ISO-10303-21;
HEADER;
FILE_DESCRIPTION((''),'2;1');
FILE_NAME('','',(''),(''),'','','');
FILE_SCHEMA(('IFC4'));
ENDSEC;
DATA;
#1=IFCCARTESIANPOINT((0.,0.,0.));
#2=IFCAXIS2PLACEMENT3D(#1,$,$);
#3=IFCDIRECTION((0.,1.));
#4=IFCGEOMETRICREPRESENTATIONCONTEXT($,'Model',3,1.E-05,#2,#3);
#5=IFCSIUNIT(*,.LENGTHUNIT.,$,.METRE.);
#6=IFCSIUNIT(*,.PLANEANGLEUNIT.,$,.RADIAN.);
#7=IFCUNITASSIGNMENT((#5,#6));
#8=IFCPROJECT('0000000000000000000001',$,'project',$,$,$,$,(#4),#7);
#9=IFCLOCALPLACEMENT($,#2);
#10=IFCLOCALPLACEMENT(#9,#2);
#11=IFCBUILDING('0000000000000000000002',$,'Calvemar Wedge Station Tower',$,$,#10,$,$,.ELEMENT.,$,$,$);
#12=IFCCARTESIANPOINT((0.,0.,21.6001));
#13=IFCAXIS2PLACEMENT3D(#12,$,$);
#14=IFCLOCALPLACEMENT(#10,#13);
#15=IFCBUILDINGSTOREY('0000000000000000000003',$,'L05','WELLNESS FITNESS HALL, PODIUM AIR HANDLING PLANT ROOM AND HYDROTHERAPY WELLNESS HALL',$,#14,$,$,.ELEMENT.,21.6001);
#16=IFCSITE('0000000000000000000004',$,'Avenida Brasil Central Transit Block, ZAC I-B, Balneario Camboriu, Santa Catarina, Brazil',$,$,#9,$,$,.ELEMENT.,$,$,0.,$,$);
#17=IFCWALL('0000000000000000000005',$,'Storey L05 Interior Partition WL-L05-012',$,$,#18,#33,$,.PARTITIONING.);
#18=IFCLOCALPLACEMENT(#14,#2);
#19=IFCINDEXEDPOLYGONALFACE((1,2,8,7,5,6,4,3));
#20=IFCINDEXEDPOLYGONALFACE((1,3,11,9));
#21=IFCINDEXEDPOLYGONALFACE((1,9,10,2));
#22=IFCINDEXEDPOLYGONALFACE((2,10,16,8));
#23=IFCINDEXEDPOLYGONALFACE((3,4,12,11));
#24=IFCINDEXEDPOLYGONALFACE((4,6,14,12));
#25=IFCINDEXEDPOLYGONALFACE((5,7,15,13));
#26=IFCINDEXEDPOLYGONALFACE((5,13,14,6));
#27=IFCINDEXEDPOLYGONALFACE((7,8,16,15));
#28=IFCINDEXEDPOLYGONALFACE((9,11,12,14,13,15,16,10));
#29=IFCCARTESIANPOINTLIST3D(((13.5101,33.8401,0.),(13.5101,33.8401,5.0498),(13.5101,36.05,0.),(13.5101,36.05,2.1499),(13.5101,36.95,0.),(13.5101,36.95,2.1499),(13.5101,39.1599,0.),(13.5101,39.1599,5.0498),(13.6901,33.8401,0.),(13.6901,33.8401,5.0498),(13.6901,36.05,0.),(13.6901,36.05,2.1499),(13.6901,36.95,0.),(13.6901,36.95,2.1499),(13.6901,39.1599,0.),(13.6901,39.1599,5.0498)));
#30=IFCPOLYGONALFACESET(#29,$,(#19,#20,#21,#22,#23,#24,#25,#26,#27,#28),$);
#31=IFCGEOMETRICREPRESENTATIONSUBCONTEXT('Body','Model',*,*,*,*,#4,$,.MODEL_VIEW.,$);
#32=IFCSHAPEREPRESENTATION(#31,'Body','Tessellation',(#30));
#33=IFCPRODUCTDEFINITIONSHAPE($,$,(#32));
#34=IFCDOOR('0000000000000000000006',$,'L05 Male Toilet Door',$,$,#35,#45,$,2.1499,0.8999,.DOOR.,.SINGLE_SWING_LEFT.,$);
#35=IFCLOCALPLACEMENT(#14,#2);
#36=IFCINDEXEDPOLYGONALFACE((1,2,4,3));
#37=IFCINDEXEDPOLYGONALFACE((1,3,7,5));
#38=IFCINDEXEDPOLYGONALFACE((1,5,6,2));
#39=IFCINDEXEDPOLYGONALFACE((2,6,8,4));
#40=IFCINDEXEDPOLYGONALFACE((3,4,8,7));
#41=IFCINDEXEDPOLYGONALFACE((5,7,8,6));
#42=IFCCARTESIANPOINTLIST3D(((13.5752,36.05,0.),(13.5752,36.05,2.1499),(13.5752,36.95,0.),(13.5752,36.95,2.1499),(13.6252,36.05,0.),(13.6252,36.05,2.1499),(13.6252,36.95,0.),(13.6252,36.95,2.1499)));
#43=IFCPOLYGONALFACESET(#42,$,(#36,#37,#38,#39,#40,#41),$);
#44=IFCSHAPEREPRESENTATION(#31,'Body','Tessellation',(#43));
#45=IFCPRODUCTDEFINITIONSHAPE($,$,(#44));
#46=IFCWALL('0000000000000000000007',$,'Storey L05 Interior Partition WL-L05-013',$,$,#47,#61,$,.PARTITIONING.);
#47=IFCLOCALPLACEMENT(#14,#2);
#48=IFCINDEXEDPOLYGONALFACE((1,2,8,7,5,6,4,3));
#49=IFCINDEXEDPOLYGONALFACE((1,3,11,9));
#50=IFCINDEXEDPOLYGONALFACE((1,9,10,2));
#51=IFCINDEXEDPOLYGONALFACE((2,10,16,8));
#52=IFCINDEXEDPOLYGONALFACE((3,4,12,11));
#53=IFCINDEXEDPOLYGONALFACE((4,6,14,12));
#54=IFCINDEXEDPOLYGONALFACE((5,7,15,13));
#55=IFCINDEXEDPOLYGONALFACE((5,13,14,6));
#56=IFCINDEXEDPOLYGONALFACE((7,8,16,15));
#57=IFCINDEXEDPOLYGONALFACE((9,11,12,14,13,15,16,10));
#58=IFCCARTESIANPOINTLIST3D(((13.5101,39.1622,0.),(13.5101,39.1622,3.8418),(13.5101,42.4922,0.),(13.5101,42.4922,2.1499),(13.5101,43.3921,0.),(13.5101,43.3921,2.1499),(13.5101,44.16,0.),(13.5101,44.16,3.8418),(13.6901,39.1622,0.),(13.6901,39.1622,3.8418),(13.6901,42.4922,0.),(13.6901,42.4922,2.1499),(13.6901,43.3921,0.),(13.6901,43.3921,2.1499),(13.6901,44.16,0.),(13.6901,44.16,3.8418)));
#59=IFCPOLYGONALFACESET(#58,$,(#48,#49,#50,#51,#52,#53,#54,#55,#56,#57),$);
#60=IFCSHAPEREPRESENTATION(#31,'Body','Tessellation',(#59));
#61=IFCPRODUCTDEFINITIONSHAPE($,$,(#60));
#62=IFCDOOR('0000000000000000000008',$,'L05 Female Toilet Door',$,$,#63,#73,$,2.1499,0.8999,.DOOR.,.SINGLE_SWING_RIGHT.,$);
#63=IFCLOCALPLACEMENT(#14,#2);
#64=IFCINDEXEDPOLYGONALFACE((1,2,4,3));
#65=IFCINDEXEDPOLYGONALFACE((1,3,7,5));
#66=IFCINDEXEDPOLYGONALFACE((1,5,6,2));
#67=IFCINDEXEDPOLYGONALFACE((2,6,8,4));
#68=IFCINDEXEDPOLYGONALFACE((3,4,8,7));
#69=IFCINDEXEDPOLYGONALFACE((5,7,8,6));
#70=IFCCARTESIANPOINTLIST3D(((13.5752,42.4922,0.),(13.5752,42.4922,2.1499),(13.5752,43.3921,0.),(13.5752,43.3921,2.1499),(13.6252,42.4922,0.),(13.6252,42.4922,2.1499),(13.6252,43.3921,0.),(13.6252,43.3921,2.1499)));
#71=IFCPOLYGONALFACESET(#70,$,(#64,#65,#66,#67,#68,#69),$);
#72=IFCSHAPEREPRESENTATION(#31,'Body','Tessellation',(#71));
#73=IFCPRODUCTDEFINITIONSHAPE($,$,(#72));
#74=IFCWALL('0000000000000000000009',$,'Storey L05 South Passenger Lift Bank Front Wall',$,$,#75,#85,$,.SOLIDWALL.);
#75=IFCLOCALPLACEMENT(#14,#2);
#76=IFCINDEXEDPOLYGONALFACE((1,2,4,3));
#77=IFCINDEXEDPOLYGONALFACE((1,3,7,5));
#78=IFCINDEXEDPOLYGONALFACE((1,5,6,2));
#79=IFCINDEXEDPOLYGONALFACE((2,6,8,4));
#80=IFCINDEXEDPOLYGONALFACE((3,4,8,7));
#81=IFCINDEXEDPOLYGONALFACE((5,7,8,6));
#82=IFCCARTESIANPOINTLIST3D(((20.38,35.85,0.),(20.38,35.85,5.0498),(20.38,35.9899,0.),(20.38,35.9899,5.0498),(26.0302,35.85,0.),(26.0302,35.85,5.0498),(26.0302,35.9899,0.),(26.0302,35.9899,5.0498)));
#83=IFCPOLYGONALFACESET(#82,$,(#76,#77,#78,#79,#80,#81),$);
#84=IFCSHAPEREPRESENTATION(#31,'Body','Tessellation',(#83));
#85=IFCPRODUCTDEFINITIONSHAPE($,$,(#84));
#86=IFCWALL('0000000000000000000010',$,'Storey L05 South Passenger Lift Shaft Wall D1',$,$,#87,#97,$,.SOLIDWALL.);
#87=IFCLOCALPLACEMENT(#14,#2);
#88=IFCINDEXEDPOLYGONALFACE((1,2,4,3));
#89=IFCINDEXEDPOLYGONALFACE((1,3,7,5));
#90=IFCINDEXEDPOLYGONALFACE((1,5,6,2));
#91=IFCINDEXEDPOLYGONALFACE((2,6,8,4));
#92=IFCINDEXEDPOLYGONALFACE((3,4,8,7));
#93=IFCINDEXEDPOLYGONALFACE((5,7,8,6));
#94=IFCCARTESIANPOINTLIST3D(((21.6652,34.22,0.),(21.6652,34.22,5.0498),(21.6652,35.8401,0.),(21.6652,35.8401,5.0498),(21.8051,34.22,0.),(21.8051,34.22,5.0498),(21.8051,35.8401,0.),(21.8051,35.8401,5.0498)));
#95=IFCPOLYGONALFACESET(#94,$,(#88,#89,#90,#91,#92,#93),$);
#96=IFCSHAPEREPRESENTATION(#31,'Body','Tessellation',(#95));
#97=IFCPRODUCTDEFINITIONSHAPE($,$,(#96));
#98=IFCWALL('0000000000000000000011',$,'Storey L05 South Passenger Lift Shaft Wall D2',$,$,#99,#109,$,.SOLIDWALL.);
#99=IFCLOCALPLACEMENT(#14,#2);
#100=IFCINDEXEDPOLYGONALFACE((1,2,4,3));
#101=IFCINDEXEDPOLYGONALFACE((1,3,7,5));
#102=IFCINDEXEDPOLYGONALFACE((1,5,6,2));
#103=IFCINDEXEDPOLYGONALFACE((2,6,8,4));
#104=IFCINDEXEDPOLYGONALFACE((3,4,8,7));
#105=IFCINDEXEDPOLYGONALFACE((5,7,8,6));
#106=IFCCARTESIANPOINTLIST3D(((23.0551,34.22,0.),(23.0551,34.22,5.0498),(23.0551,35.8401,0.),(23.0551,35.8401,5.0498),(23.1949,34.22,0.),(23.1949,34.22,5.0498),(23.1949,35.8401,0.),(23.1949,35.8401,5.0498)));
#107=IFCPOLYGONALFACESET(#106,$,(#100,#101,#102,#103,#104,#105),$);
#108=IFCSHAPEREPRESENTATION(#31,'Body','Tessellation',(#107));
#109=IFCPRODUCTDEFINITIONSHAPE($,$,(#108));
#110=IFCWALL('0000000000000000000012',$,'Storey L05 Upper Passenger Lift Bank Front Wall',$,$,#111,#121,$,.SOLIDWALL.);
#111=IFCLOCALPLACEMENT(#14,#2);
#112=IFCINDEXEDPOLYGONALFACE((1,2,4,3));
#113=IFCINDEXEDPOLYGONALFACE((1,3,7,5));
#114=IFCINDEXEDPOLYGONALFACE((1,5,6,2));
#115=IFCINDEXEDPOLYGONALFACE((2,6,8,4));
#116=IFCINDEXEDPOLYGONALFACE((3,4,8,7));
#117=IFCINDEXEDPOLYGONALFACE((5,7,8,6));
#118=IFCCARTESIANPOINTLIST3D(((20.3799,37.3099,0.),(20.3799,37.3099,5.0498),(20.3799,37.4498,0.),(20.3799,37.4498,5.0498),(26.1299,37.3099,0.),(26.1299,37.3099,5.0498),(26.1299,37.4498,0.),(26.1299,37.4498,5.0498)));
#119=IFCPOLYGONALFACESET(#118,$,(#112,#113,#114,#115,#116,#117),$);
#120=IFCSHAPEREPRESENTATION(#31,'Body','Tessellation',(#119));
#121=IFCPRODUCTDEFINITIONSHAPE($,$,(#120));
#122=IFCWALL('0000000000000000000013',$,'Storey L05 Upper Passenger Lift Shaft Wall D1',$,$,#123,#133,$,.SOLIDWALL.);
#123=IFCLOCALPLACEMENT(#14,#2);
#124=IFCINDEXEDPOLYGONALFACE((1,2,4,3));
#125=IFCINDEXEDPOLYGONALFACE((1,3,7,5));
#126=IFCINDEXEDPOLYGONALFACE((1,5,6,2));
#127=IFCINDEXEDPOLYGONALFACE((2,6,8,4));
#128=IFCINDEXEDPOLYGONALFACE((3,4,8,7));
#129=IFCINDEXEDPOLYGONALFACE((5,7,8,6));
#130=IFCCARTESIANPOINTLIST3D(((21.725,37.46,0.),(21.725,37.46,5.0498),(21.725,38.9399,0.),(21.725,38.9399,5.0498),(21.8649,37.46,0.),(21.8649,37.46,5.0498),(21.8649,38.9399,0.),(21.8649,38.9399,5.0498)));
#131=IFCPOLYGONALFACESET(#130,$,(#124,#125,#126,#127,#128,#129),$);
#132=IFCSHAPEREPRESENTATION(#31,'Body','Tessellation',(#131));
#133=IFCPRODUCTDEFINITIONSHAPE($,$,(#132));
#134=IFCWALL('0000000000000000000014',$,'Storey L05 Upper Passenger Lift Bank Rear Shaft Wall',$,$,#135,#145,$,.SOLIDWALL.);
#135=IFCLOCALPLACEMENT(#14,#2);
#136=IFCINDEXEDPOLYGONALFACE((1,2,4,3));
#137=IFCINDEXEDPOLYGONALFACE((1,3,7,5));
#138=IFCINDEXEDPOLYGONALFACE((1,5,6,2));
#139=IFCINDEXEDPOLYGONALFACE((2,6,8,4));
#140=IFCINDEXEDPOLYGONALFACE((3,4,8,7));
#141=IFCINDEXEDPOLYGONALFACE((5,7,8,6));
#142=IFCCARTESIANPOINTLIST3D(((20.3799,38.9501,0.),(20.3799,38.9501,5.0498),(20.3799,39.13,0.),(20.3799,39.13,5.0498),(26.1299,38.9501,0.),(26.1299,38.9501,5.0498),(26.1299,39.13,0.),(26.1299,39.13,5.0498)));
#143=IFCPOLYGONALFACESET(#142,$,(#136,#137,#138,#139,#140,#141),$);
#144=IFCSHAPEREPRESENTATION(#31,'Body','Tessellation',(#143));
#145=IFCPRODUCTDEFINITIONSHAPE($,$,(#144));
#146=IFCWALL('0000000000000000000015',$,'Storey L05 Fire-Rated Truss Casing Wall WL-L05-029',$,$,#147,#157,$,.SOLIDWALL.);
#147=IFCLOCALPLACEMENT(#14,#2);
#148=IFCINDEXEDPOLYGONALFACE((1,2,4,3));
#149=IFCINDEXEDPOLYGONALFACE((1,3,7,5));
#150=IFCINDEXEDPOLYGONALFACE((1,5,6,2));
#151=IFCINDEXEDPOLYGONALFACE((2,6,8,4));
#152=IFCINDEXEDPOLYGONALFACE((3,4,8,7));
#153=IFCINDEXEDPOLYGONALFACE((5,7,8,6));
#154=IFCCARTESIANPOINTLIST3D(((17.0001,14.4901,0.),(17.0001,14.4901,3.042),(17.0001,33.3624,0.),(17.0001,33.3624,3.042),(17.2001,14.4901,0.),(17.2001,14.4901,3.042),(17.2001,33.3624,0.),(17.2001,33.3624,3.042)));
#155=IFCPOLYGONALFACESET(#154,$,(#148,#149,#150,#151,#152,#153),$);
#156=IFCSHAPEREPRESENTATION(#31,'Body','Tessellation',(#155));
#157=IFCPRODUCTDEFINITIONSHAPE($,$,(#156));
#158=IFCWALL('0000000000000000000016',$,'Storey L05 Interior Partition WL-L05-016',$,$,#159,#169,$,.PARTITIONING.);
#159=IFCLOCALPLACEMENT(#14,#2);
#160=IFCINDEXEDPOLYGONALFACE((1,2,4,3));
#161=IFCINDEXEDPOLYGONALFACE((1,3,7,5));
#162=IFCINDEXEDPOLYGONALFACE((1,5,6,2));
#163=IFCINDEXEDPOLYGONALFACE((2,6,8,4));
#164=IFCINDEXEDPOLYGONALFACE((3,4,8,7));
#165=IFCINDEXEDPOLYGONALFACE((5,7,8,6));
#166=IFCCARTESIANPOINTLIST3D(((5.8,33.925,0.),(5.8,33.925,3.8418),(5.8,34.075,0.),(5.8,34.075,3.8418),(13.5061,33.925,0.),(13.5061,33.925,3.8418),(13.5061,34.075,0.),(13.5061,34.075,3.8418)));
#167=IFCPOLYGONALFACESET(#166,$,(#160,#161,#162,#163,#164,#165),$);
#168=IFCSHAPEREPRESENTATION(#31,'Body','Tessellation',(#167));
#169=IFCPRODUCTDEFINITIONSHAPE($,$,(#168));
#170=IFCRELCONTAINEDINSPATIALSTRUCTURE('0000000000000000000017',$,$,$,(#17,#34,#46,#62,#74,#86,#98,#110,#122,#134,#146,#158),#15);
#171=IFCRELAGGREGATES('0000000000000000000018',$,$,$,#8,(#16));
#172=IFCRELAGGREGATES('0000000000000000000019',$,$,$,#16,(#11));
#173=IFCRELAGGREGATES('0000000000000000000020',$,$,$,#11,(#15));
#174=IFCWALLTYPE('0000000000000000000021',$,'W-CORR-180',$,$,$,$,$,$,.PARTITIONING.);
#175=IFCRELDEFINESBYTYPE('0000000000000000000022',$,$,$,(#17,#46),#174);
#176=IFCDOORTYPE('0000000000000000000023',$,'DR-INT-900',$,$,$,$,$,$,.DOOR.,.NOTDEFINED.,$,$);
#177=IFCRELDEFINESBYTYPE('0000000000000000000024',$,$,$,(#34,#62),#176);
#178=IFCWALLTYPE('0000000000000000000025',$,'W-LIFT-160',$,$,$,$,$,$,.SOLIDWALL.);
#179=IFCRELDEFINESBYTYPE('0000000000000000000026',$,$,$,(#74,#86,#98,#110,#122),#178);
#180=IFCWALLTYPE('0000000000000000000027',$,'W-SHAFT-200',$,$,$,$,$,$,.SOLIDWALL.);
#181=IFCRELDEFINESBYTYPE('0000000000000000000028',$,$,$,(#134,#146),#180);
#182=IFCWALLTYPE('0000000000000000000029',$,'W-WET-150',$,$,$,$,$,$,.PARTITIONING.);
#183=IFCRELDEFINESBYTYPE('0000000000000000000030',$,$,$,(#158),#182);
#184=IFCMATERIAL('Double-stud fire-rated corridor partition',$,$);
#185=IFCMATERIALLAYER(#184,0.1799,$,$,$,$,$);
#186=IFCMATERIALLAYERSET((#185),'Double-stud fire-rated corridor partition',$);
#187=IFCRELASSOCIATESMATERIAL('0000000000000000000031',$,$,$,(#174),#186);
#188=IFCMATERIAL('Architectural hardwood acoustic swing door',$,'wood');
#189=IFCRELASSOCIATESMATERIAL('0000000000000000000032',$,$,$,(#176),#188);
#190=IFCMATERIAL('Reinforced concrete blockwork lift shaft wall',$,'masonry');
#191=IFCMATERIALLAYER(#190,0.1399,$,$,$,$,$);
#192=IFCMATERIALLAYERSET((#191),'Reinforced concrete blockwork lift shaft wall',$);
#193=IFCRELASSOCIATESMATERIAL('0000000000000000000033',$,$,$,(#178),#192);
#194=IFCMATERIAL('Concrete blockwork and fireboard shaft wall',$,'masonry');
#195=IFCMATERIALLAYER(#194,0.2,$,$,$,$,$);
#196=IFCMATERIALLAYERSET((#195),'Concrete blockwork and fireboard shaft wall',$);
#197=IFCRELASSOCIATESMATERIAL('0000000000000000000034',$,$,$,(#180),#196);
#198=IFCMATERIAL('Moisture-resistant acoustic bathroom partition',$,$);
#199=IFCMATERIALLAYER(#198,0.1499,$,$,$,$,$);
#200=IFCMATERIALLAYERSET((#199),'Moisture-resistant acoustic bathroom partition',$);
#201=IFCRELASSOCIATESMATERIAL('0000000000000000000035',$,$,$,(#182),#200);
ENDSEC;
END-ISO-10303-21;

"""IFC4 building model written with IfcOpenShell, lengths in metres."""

from ifc_helpers import new_model, si_unit, direction, frame, frame_2d, origin, place, context, subcontext, project, spatial, rectangle, extrude, source, transform, mapped, material, layer, layer_set, type_object, element, fill, save


model = new_model("IFC4")

# Units and contexts
model_context = context("Model", 3, precision=1e-05, world=origin(), true_north=direction((0.0, 1.0)))
body_context = subcontext(model_context, "Body", "Model", "MODEL_VIEW")
ifc_project = project(units=[si_unit("LENGTHUNIT", "METRE"), si_unit("PLANEANGLEUNIT", "RADIAN")], contexts=[model_context])

# Site, building, storey
site_placement = place(None, origin())
site = spatial("IfcSite", under=ifc_project, at=site_placement, Name="Avenida Brasil Central Transit Block, ZAC I-B, Balneario Camboriu, Santa Catarina, Brazil", CompositionType="ELEMENT", RefElevation=0.0)
building_placement = place(site_placement, origin())
building = spatial("IfcBuilding", under=site, at=building_placement, Name="Calvemar Wedge Station Tower", CompositionType="ELEMENT")
storey_placement = place(building_placement, frame((0.0, 0.0, 21.6001)))
storey = spatial("IfcBuildingStorey", under=building, at=storey_placement, Name="L05", Description="WELLNESS FITNESS HALL, PODIUM AIR HANDLING PLANT ROOM AND HYDROTHERAPY WELLNESS HALL", CompositionType="ELEMENT", Elevation=21.6001)

# Walls, openings, doors
ifc_material_1 = material(Name="Double-stud fire-rated corridor partition")
ifc_layer_1 = layer(ifc_material_1, 0.1799)
ifc_layer_set_1 = layer_set([ifc_layer_1], Name="Double-stud fire-rated corridor partition")
wall_type_1 = type_object("IfcWallType", Name="W-CORR-180", PredefinedType="PARTITIONING", material=ifc_layer_set_1)
wall_1_placement = place(storey_placement, frame((13.6001, 33.8401, 0.0), z_axis=(0.0, 0.0, 1.0), x_axis=(0.0, 1.0, 0.0)))
wall_1 = element("IfcWall", 1, at=wall_1_placement, inside=storey, type_object=wall_type_1, Name="Storey L05 Interior Partition WL-L05-012", PredefinedType="PARTITIONING", context=body_context, shape_type="SweptSolid", body=[
    extrude(rectangle(XDim=5.3198, YDim=0.1799, at=frame_2d((2.6599, 0.0))), origin(), (0.0, 0.0, 1.0), 5.0498),
])
shared_shape_1 = source(origin(), body_context, "Body", "SweptSolid", [
    extrude(rectangle(XDim=0.8999, YDim=2.1499, at=frame_2d((0.45, 1.075))), frame((0.0, 0.1001, 0.0), z_axis=(0.0, -1.0, 0.0), x_axis=(1.0, 0.0, 0.0)), (0.0, 0.0, 1.0), 0.2),
])
opening_1_placement = place(wall_1_placement, frame((2.21, 0.0, 0.0)))
opening_1 = element("IfcOpeningElement", 2, at=opening_1_placement, cuts=wall_1, PredefinedType="OPENING", context=body_context, shape_type="MappedRepresentation", body=[
    mapped(shared_shape_1, transform((0.0, 0.0, 0.0), scale=1.0)),
])
ifc_material_2 = material(Name="Architectural hardwood acoustic swing door", Category="wood")
door_type_1 = type_object("IfcDoorType", Name="DR-INT-900", OperationType="NOTDEFINED", PredefinedType="DOOR", material=ifc_material_2)
shared_shape_2 = source(origin(), body_context, "Body", "SweptSolid", [
    extrude(rectangle(XDim=0.8999, YDim=2.1499, at=frame_2d((0.45, 1.075))), frame((0.0, 0.0249, 0.0), z_axis=(0.0, -1.0, 0.0), x_axis=(1.0, 0.0, 0.0)), (0.0, 0.0, 1.0), 0.05),
])
door_1_placement = place(opening_1_placement, origin())
door_1 = element("IfcDoor", 3, at=door_1_placement, inside=storey, type_object=door_type_1, Name="L05 Male Toilet Door", OperationType="SINGLE_SWING_LEFT", OverallHeight=2.1499, OverallWidth=0.8999, PredefinedType="DOOR", context=body_context, shape_type="MappedRepresentation", body=[
    mapped(shared_shape_2, transform((0.0, 0.0, 0.0), scale=1.0)),
])
fill(opening_1, door_1)
wall_2_placement = place(storey_placement, frame((13.6001, 39.1621, 0.0), z_axis=(0.0, 0.0, 1.0), x_axis=(0.0, 1.0, 0.0)))
wall_2 = element("IfcWall", 4, at=wall_2_placement, inside=storey, type_object=wall_type_1, Name="Storey L05 Interior Partition WL-L05-013", PredefinedType="PARTITIONING", context=body_context, shape_type="SweptSolid", body=[
    extrude(rectangle(XDim=4.9978, YDim=0.1799, at=frame_2d((2.499, 0.0))), origin(), (0.0, 0.0, 1.0), 3.8418),
])
opening_2_placement = place(wall_2_placement, frame((3.3301, 0.0, 0.0)))
opening_2 = element("IfcOpeningElement", 5, at=opening_2_placement, cuts=wall_2, PredefinedType="OPENING", context=body_context, shape_type="MappedRepresentation", body=[
    mapped(shared_shape_1, transform((0.0, 0.0, 0.0), scale=1.0)),
])
door_2_placement = place(opening_2_placement, origin())
door_2 = element("IfcDoor", 6, at=door_2_placement, inside=storey, type_object=door_type_1, Name="L05 Female Toilet Door", OperationType="SINGLE_SWING_RIGHT", OverallHeight=2.1499, OverallWidth=0.8999, PredefinedType="DOOR", context=body_context, shape_type="MappedRepresentation", body=[
    mapped(shared_shape_2, transform((0.0, 0.0, 0.0), scale=1.0)),
])
fill(opening_2, door_2)

# Walls
ifc_material_3 = material(Name="Reinforced concrete blockwork lift shaft wall", Category="masonry")
ifc_layer_2 = layer(ifc_material_3, 0.1399)
ifc_layer_set_2 = layer_set([ifc_layer_2], Name="Reinforced concrete blockwork lift shaft wall")
wall_type_2 = type_object("IfcWallType", Name="W-LIFT-160", PredefinedType="SOLIDWALL", material=ifc_layer_set_2)
wall_3_placement = place(storey_placement, frame((20.3799, 35.9199, 0.0), z_axis=(0.0, 0.0, 1.0), x_axis=(1.0, 0.0, 0.0)))
element("IfcWall", 7, at=wall_3_placement, inside=storey, type_object=wall_type_2, Name="Storey L05 South Passenger Lift Bank Front Wall", PredefinedType="SOLIDWALL", context=body_context, shape_type="SweptSolid", body=[
    extrude(rectangle(XDim=5.6501, YDim=0.1399, at=frame_2d((2.8252, 0.0))), origin(), (0.0, 0.0, 1.0), 5.0498),
])
for number, where, z_axis, x_axis, name in (
    (8, (21.7351, 34.22, 0.0), (0.0, 0.0, 1.0), (0.0, 1.0, 0.0), "Storey L05 South Passenger Lift Shaft Wall D1"),
    (9, (23.125, 34.22, 0.0), (0.0, 0.0, 1.0), (0.0, 1.0, 0.0), "Storey L05 South Passenger Lift Shaft Wall D2"),
):
    element("IfcWall", number, at=place(storey_placement, frame(where, z_axis=z_axis, x_axis=x_axis)), inside=storey, type_object=wall_type_2, Name=name, PredefinedType="SOLIDWALL", context=body_context, shape_type="SweptSolid", body=[
        extrude(rectangle(XDim=1.6201, YDim=0.1399, at=frame_2d((0.8101, 0.0))), origin(), (0.0, 0.0, 1.0), 5.0498),
    ])
wall_4_placement = place(storey_placement, frame((20.3799, 37.3799, 0.0), z_axis=(0.0, 0.0, 1.0), x_axis=(1.0, 0.0, 0.0)))
element("IfcWall", 10, at=wall_4_placement, inside=storey, type_object=wall_type_2, Name="Storey L05 Upper Passenger Lift Bank Front Wall", PredefinedType="SOLIDWALL", context=body_context, shape_type="SweptSolid", body=[
    extrude(rectangle(XDim=5.75, YDim=0.1399, at=frame_2d((2.875, 0.0))), origin(), (0.0, 0.0, 1.0), 5.0498),
])
wall_5_placement = place(storey_placement, frame((21.7949, 37.46, 0.0), z_axis=(0.0, 0.0, 1.0), x_axis=(0.0, 1.0, 0.0)))
element("IfcWall", 11, at=wall_5_placement, inside=storey, type_object=wall_type_2, Name="Storey L05 Upper Passenger Lift Shaft Wall D1", PredefinedType="SOLIDWALL", context=body_context, shape_type="SweptSolid", body=[
    extrude(rectangle(XDim=1.48, YDim=0.1399, at=frame_2d((0.74, 0.0))), origin(), (0.0, 0.0, 1.0), 5.0498),
])
ifc_material_4 = material(Name="Concrete blockwork and fireboard shaft wall", Category="masonry")
ifc_layer_3 = layer(ifc_material_4, 0.2)
ifc_layer_set_3 = layer_set([ifc_layer_3], Name="Concrete blockwork and fireboard shaft wall")
wall_type_3 = type_object("IfcWallType", Name="W-SHAFT-200", PredefinedType="SOLIDWALL", material=ifc_layer_set_3)
wall_6_placement = place(storey_placement, frame((20.3799, 39.04, 0.0), z_axis=(0.0, 0.0, 1.0), x_axis=(1.0, 0.0, 0.0)))
element("IfcWall", 12, at=wall_6_placement, inside=storey, type_object=wall_type_3, Name="Storey L05 Upper Passenger Lift Bank Rear Shaft Wall", PredefinedType="SOLIDWALL", context=body_context, shape_type="SweptSolid", body=[
    extrude(rectangle(XDim=5.75, YDim=0.1799, at=frame_2d((2.875, 0.0))), origin(), (0.0, 0.0, 1.0), 5.0498),
])
wall_7_placement = place(storey_placement, frame((17.1001, 33.3623, 0.0), z_axis=(0.0, 0.0, 1.0), x_axis=(0.0, -1.0, 0.0)))
element("IfcWall", 13, at=wall_7_placement, inside=storey, type_object=wall_type_3, Name="Storey L05 Fire-Rated Truss Casing Wall WL-L05-029", PredefinedType="SOLIDWALL", context=body_context, shape_type="SweptSolid", body=[
    extrude(rectangle(XDim=18.8723, YDim=0.2, at=frame_2d((9.436, 0.0))), origin(), (0.0, 0.0, 1.0), 3.042),
])
ifc_material_5 = material(Name="Moisture-resistant acoustic bathroom partition")
ifc_layer_4 = layer(ifc_material_5, 0.1499)
ifc_layer_set_4 = layer_set([ifc_layer_4], Name="Moisture-resistant acoustic bathroom partition")
wall_type_4 = type_object("IfcWallType", Name="W-WET-150", PredefinedType="PARTITIONING", material=ifc_layer_set_4)
wall_8_placement = place(storey_placement, frame((13.5061, 34.0, 0.0), z_axis=(0.0, 0.0, 1.0), x_axis=(-1.0, 0.0, 0.0)))
element("IfcWall", 14, at=wall_8_placement, inside=storey, type_object=wall_type_4, Name="Storey L05 Interior Partition WL-L05-016", PredefinedType="PARTITIONING", context=body_context, shape_type="SweptSolid", body=[
    extrude(rectangle(XDim=7.7061, YDim=0.1499, at=frame_2d((3.853, 0.0))), origin(), (0.0, 0.0, 1.0), 3.8418),
])

save(model, "model.ifc")
